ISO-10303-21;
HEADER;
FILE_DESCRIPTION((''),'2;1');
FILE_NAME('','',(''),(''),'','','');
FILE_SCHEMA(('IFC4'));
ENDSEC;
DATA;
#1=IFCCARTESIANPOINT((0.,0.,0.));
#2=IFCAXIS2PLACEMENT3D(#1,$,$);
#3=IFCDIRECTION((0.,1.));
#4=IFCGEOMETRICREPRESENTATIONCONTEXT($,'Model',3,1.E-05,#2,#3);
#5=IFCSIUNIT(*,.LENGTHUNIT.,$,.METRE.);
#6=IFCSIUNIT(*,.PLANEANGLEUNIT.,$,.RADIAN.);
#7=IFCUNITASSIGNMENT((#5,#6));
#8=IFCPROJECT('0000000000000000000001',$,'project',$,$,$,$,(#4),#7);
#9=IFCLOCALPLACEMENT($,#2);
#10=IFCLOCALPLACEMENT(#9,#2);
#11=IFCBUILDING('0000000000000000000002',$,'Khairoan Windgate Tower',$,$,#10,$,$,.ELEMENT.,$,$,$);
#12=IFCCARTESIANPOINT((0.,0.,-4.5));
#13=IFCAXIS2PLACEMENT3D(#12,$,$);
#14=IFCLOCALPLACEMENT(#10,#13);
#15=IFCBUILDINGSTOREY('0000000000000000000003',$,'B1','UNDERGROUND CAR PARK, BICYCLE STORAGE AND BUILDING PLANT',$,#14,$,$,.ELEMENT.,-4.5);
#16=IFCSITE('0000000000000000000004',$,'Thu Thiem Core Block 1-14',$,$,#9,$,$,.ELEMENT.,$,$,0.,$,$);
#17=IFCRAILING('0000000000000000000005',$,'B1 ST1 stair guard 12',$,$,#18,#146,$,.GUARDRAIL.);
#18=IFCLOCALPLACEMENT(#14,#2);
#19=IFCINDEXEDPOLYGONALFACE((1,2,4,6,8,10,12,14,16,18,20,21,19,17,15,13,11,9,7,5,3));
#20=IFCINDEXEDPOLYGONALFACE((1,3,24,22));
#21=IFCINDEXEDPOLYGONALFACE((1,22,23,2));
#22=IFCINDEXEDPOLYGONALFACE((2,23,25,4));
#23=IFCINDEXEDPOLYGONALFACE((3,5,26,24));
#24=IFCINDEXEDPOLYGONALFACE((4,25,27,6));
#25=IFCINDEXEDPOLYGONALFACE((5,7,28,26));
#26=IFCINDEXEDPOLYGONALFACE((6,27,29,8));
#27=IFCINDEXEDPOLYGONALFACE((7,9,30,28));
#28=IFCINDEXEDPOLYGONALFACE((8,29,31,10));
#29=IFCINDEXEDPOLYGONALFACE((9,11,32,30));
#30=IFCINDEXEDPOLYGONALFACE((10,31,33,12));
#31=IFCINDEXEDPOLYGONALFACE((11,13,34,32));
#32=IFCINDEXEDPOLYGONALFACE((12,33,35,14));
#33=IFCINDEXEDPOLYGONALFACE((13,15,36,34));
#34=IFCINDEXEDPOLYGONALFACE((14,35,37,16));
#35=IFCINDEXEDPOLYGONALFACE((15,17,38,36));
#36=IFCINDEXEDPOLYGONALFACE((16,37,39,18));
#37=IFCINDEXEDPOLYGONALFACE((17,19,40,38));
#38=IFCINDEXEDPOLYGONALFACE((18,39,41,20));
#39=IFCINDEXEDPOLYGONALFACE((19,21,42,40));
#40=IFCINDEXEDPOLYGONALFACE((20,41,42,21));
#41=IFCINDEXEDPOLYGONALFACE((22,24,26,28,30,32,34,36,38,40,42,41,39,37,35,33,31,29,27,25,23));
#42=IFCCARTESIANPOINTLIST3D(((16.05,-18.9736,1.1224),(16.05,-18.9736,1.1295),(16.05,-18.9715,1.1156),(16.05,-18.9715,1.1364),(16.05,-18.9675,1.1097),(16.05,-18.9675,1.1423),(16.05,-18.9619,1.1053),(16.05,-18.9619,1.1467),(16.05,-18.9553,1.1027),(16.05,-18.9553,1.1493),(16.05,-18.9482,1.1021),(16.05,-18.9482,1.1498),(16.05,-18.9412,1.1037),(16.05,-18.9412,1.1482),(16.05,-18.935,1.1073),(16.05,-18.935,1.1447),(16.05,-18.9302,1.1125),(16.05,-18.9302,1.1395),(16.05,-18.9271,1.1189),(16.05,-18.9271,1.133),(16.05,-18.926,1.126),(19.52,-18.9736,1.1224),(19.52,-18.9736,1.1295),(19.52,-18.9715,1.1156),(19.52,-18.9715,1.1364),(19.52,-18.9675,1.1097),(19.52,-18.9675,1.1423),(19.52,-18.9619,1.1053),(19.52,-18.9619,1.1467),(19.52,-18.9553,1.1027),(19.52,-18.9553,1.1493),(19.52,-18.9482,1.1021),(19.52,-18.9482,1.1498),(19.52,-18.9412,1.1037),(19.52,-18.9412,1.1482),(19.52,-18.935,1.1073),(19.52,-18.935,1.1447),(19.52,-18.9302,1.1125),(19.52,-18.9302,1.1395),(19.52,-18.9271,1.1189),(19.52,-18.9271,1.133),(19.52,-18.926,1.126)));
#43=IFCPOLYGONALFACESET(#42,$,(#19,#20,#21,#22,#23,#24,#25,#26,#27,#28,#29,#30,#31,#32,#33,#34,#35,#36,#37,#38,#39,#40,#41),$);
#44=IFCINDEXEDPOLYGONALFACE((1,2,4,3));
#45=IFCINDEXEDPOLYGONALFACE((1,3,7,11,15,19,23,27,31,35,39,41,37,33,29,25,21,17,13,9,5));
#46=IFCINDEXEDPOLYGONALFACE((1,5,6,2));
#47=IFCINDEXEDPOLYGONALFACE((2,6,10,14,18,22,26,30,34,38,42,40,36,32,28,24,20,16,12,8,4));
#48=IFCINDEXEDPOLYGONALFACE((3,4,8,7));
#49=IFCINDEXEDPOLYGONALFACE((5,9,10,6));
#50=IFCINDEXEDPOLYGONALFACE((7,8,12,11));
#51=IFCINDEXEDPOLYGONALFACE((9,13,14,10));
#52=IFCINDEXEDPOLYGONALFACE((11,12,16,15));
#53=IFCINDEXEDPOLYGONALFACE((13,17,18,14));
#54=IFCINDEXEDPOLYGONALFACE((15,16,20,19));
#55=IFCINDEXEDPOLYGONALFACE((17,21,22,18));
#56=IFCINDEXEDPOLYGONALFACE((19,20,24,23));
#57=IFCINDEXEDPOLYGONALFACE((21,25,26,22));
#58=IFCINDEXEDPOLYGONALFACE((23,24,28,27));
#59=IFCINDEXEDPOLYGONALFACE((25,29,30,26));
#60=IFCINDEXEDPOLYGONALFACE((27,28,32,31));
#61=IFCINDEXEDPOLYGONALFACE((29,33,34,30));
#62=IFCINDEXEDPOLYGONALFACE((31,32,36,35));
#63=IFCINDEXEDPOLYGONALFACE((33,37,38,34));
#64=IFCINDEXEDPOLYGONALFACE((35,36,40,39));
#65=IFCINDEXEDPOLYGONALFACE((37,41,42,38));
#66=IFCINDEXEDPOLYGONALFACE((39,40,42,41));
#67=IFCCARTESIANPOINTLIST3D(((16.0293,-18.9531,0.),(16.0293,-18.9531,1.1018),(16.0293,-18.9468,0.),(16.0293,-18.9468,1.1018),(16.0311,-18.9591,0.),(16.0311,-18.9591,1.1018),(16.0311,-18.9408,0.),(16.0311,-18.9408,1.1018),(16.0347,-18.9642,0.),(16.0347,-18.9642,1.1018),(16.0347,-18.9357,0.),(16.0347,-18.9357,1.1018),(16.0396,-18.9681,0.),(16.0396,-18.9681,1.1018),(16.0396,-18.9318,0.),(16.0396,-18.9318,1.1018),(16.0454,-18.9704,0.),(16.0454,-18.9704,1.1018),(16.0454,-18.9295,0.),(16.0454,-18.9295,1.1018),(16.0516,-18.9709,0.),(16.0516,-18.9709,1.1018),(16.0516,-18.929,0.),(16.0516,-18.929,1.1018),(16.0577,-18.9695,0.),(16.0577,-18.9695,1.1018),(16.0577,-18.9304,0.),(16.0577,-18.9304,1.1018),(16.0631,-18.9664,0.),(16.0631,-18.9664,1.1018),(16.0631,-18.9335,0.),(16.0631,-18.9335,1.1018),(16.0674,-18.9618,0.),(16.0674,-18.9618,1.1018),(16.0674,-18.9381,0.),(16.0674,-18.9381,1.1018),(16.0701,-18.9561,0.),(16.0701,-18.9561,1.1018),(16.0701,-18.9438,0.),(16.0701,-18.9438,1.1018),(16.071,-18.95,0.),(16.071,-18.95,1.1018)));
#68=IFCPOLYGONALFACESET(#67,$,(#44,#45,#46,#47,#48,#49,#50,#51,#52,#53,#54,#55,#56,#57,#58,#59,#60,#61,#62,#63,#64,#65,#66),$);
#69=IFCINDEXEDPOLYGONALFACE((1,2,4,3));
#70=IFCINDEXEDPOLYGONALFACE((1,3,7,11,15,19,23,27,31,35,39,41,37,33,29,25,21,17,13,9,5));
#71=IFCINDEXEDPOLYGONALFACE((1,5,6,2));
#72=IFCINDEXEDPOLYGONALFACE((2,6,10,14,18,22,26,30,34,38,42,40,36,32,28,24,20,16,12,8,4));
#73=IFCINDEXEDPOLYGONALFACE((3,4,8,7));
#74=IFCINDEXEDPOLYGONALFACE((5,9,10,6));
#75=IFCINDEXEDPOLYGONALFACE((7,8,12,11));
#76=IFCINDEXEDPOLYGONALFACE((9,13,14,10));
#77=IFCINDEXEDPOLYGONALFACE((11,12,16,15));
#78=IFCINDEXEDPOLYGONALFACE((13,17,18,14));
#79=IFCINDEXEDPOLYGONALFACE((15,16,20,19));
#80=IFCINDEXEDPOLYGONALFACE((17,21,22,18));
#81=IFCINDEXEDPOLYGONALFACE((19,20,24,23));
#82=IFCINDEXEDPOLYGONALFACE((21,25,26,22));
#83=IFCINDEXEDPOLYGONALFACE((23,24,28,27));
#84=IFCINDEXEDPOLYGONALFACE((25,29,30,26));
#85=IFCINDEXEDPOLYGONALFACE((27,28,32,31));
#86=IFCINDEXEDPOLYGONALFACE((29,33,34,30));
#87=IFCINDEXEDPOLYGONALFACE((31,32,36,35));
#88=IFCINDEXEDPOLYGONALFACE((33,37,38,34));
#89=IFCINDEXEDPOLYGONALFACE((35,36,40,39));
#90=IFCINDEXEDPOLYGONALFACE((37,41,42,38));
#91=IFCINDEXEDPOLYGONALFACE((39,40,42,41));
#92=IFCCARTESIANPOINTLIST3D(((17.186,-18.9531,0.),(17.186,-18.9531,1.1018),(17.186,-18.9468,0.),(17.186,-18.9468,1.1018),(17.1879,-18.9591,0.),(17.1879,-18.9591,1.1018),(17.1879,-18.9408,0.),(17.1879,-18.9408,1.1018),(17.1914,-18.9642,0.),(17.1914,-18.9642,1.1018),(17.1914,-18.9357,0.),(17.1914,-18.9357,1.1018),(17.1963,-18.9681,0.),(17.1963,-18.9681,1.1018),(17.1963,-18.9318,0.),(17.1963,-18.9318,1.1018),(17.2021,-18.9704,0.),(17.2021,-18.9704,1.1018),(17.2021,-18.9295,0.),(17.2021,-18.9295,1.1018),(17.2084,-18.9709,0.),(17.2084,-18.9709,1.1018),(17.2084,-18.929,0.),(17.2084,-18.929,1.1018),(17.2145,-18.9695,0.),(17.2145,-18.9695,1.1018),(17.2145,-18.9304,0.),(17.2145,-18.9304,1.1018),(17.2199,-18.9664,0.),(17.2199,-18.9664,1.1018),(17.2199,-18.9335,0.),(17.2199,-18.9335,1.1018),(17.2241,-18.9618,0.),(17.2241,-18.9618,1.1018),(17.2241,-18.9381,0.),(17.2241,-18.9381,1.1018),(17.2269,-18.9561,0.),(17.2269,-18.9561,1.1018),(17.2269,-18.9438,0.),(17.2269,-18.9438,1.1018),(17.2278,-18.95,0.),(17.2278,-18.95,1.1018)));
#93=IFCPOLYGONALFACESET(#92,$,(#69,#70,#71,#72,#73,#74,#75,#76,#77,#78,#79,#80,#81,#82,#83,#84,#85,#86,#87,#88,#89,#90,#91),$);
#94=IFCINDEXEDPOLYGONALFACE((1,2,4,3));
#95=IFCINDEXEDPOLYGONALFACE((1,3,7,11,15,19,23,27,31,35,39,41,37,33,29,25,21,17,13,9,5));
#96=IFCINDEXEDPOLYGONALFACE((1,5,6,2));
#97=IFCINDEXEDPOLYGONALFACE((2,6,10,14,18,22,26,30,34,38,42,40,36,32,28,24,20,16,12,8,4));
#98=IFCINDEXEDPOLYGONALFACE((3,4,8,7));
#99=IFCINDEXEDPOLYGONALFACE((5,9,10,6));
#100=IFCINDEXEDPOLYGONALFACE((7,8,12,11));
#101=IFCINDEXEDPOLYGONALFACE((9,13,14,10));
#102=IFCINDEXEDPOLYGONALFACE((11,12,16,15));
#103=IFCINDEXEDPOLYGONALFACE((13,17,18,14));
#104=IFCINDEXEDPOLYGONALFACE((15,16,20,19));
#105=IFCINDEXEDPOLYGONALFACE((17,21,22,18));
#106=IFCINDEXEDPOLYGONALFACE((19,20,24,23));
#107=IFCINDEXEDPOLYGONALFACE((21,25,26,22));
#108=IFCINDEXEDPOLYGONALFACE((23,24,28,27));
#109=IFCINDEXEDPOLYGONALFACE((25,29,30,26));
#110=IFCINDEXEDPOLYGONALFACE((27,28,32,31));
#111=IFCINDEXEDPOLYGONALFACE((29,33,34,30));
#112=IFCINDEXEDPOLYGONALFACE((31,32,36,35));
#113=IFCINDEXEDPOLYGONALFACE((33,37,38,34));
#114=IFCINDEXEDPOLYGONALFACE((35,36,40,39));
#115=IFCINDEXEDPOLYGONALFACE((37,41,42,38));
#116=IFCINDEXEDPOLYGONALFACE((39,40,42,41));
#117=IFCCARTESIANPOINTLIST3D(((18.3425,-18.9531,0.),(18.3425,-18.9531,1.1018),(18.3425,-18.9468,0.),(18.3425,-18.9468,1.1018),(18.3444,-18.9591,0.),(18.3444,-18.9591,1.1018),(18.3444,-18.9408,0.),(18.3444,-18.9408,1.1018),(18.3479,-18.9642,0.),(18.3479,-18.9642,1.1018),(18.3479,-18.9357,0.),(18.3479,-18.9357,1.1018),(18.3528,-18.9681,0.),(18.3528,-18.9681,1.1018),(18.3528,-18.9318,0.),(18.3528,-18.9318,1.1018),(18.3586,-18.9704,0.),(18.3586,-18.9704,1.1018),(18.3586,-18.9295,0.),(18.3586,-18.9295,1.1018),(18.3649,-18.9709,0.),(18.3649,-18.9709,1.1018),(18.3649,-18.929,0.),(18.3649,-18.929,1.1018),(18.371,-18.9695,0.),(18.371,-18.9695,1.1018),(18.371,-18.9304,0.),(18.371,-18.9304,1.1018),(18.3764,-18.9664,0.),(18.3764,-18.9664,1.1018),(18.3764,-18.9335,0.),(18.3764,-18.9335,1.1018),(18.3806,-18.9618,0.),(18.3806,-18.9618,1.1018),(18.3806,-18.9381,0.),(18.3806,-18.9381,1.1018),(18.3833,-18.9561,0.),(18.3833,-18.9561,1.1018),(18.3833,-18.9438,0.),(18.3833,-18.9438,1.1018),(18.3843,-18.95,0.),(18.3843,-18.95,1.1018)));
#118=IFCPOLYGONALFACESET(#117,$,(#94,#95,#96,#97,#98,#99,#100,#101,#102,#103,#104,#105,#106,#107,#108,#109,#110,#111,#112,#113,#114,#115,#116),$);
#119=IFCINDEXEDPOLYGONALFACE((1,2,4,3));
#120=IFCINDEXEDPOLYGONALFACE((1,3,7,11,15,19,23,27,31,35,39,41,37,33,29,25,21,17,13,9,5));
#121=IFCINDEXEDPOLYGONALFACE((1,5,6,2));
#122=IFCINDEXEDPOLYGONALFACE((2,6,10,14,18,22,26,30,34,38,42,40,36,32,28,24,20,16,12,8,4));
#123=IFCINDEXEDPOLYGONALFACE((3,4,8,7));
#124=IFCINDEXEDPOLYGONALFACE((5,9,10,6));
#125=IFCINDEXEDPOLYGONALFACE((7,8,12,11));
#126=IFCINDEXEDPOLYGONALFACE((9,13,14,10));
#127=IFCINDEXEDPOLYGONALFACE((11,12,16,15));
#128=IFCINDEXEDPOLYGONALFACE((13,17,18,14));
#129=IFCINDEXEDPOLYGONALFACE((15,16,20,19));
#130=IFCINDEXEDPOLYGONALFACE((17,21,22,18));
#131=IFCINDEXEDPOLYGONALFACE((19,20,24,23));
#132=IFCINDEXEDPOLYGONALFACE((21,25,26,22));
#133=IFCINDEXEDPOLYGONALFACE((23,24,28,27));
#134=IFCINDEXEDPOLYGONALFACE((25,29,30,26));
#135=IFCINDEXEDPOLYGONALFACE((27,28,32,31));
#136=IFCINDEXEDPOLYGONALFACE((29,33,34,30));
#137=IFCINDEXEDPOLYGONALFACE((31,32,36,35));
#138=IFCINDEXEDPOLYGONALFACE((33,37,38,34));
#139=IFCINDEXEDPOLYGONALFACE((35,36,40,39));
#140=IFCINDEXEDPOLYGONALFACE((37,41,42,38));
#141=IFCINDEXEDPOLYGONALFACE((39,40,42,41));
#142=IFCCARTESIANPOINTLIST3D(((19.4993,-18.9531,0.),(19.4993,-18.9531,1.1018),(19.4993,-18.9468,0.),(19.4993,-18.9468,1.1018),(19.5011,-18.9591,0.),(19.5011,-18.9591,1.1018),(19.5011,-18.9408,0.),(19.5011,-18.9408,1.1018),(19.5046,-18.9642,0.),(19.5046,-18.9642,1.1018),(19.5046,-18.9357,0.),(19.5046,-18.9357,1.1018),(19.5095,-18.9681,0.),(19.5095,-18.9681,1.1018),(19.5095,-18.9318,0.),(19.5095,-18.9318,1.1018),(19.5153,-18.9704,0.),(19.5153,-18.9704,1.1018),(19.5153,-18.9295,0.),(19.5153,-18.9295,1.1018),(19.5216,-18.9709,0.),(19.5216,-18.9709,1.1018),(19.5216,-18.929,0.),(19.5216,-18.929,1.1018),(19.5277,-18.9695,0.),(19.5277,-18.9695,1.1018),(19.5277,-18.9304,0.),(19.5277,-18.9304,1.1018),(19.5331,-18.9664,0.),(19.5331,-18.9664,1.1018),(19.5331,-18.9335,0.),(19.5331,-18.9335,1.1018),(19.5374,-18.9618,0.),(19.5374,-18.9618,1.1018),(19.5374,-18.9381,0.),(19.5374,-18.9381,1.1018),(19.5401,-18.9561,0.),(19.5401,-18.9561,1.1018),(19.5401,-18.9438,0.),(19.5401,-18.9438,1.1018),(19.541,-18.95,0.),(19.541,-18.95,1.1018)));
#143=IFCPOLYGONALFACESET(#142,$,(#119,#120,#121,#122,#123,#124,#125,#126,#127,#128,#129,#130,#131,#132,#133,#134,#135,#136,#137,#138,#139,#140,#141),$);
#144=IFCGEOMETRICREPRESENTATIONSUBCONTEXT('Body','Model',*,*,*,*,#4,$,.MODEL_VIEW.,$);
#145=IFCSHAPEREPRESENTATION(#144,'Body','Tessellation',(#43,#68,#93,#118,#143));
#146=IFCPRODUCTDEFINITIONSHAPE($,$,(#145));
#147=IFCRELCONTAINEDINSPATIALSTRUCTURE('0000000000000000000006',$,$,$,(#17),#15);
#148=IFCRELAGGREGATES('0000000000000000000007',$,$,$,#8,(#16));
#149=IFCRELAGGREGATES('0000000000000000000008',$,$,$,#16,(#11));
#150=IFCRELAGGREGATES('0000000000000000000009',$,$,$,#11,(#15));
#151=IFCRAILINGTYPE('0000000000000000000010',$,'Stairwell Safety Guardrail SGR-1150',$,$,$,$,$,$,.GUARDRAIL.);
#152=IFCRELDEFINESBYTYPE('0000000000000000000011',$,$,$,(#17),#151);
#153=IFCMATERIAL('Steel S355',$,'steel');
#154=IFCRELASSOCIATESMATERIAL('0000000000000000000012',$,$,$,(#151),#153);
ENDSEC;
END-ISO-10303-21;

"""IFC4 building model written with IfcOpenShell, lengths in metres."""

from ifc_helpers import new_model, si_unit, direction, frame, origin, origin_2d, place, context, subcontext, project, spatial, circle, extrude, material, type_object, element, save


model = new_model("IFC4")

# Units and contexts
model_context = context("Model", 3, precision=1e-05, world=origin(), true_north=direction((0.0, 1.0)))
body_context = subcontext(model_context, "Body", "Model", "MODEL_VIEW")
ifc_project = project(units=[si_unit("LENGTHUNIT", "METRE"), si_unit("PLANEANGLEUNIT", "RADIAN")], contexts=[model_context])

# Site, building, storey
site_placement = place(None, origin())
site = spatial("IfcSite", under=ifc_project, at=site_placement, Name="Thu Thiem Core Block 1-14", CompositionType="ELEMENT", RefElevation=0.0)
building_placement = place(site_placement, origin())
building = spatial("IfcBuilding", under=site, at=building_placement, Name="Khairoan Windgate Tower", CompositionType="ELEMENT")
storey_placement = place(building_placement, frame((0.0, 0.0, -4.5)))
storey = spatial("IfcBuildingStorey", under=building, at=storey_placement, Name="B1", Description="UNDERGROUND CAR PARK, BICYCLE STORAGE AND BUILDING PLANT", CompositionType="ELEMENT", Elevation=-4.5)

# Railing
ifc_material_1 = material(Name="Steel S355", Category="steel")
railing_type_1 = type_object("IfcRailingType", Name="Stairwell Safety Guardrail SGR-1150", PredefinedType="GUARDRAIL", material=ifc_material_1)
railing_1_placement = place(storey_placement, frame((16.05, -18.95, 0.0)))
element("IfcRailing", 1, at=railing_1_placement, inside=storey, type_object=railing_type_1, Name="B1 ST1 stair guard 12", PredefinedType="GUARDRAIL", context=body_context, shape_type="SweptSolid", body=[
    extrude(circle(Radius=0.0239, at=origin_2d()), frame((0.0, 0.0, 1.126), z_axis=(1.0, 0.0, 0.0), x_axis=(0.0, 1.0, 0.0)), (0.0, 0.0, 1.0), 3.47),
    extrude(circle(Radius=0.021, at=origin_2d()), origin(), (0.0, 0.0, 1.0), 1.1018),
    extrude(circle(Radius=0.021, at=origin_2d()), frame((1.1567, 0.0, 0.0)), (0.0, 0.0, 1.0), 1.1018),
    extrude(circle(Radius=0.021, at=origin_2d()), frame((2.3132, 0.0, 0.0)), (0.0, 0.0, 1.0), 1.1018),
    extrude(circle(Radius=0.021, at=origin_2d()), frame((3.47, 0.0, 0.0)), (0.0, 0.0, 1.0), 1.1018),
])

save(model, "model.ifc")
